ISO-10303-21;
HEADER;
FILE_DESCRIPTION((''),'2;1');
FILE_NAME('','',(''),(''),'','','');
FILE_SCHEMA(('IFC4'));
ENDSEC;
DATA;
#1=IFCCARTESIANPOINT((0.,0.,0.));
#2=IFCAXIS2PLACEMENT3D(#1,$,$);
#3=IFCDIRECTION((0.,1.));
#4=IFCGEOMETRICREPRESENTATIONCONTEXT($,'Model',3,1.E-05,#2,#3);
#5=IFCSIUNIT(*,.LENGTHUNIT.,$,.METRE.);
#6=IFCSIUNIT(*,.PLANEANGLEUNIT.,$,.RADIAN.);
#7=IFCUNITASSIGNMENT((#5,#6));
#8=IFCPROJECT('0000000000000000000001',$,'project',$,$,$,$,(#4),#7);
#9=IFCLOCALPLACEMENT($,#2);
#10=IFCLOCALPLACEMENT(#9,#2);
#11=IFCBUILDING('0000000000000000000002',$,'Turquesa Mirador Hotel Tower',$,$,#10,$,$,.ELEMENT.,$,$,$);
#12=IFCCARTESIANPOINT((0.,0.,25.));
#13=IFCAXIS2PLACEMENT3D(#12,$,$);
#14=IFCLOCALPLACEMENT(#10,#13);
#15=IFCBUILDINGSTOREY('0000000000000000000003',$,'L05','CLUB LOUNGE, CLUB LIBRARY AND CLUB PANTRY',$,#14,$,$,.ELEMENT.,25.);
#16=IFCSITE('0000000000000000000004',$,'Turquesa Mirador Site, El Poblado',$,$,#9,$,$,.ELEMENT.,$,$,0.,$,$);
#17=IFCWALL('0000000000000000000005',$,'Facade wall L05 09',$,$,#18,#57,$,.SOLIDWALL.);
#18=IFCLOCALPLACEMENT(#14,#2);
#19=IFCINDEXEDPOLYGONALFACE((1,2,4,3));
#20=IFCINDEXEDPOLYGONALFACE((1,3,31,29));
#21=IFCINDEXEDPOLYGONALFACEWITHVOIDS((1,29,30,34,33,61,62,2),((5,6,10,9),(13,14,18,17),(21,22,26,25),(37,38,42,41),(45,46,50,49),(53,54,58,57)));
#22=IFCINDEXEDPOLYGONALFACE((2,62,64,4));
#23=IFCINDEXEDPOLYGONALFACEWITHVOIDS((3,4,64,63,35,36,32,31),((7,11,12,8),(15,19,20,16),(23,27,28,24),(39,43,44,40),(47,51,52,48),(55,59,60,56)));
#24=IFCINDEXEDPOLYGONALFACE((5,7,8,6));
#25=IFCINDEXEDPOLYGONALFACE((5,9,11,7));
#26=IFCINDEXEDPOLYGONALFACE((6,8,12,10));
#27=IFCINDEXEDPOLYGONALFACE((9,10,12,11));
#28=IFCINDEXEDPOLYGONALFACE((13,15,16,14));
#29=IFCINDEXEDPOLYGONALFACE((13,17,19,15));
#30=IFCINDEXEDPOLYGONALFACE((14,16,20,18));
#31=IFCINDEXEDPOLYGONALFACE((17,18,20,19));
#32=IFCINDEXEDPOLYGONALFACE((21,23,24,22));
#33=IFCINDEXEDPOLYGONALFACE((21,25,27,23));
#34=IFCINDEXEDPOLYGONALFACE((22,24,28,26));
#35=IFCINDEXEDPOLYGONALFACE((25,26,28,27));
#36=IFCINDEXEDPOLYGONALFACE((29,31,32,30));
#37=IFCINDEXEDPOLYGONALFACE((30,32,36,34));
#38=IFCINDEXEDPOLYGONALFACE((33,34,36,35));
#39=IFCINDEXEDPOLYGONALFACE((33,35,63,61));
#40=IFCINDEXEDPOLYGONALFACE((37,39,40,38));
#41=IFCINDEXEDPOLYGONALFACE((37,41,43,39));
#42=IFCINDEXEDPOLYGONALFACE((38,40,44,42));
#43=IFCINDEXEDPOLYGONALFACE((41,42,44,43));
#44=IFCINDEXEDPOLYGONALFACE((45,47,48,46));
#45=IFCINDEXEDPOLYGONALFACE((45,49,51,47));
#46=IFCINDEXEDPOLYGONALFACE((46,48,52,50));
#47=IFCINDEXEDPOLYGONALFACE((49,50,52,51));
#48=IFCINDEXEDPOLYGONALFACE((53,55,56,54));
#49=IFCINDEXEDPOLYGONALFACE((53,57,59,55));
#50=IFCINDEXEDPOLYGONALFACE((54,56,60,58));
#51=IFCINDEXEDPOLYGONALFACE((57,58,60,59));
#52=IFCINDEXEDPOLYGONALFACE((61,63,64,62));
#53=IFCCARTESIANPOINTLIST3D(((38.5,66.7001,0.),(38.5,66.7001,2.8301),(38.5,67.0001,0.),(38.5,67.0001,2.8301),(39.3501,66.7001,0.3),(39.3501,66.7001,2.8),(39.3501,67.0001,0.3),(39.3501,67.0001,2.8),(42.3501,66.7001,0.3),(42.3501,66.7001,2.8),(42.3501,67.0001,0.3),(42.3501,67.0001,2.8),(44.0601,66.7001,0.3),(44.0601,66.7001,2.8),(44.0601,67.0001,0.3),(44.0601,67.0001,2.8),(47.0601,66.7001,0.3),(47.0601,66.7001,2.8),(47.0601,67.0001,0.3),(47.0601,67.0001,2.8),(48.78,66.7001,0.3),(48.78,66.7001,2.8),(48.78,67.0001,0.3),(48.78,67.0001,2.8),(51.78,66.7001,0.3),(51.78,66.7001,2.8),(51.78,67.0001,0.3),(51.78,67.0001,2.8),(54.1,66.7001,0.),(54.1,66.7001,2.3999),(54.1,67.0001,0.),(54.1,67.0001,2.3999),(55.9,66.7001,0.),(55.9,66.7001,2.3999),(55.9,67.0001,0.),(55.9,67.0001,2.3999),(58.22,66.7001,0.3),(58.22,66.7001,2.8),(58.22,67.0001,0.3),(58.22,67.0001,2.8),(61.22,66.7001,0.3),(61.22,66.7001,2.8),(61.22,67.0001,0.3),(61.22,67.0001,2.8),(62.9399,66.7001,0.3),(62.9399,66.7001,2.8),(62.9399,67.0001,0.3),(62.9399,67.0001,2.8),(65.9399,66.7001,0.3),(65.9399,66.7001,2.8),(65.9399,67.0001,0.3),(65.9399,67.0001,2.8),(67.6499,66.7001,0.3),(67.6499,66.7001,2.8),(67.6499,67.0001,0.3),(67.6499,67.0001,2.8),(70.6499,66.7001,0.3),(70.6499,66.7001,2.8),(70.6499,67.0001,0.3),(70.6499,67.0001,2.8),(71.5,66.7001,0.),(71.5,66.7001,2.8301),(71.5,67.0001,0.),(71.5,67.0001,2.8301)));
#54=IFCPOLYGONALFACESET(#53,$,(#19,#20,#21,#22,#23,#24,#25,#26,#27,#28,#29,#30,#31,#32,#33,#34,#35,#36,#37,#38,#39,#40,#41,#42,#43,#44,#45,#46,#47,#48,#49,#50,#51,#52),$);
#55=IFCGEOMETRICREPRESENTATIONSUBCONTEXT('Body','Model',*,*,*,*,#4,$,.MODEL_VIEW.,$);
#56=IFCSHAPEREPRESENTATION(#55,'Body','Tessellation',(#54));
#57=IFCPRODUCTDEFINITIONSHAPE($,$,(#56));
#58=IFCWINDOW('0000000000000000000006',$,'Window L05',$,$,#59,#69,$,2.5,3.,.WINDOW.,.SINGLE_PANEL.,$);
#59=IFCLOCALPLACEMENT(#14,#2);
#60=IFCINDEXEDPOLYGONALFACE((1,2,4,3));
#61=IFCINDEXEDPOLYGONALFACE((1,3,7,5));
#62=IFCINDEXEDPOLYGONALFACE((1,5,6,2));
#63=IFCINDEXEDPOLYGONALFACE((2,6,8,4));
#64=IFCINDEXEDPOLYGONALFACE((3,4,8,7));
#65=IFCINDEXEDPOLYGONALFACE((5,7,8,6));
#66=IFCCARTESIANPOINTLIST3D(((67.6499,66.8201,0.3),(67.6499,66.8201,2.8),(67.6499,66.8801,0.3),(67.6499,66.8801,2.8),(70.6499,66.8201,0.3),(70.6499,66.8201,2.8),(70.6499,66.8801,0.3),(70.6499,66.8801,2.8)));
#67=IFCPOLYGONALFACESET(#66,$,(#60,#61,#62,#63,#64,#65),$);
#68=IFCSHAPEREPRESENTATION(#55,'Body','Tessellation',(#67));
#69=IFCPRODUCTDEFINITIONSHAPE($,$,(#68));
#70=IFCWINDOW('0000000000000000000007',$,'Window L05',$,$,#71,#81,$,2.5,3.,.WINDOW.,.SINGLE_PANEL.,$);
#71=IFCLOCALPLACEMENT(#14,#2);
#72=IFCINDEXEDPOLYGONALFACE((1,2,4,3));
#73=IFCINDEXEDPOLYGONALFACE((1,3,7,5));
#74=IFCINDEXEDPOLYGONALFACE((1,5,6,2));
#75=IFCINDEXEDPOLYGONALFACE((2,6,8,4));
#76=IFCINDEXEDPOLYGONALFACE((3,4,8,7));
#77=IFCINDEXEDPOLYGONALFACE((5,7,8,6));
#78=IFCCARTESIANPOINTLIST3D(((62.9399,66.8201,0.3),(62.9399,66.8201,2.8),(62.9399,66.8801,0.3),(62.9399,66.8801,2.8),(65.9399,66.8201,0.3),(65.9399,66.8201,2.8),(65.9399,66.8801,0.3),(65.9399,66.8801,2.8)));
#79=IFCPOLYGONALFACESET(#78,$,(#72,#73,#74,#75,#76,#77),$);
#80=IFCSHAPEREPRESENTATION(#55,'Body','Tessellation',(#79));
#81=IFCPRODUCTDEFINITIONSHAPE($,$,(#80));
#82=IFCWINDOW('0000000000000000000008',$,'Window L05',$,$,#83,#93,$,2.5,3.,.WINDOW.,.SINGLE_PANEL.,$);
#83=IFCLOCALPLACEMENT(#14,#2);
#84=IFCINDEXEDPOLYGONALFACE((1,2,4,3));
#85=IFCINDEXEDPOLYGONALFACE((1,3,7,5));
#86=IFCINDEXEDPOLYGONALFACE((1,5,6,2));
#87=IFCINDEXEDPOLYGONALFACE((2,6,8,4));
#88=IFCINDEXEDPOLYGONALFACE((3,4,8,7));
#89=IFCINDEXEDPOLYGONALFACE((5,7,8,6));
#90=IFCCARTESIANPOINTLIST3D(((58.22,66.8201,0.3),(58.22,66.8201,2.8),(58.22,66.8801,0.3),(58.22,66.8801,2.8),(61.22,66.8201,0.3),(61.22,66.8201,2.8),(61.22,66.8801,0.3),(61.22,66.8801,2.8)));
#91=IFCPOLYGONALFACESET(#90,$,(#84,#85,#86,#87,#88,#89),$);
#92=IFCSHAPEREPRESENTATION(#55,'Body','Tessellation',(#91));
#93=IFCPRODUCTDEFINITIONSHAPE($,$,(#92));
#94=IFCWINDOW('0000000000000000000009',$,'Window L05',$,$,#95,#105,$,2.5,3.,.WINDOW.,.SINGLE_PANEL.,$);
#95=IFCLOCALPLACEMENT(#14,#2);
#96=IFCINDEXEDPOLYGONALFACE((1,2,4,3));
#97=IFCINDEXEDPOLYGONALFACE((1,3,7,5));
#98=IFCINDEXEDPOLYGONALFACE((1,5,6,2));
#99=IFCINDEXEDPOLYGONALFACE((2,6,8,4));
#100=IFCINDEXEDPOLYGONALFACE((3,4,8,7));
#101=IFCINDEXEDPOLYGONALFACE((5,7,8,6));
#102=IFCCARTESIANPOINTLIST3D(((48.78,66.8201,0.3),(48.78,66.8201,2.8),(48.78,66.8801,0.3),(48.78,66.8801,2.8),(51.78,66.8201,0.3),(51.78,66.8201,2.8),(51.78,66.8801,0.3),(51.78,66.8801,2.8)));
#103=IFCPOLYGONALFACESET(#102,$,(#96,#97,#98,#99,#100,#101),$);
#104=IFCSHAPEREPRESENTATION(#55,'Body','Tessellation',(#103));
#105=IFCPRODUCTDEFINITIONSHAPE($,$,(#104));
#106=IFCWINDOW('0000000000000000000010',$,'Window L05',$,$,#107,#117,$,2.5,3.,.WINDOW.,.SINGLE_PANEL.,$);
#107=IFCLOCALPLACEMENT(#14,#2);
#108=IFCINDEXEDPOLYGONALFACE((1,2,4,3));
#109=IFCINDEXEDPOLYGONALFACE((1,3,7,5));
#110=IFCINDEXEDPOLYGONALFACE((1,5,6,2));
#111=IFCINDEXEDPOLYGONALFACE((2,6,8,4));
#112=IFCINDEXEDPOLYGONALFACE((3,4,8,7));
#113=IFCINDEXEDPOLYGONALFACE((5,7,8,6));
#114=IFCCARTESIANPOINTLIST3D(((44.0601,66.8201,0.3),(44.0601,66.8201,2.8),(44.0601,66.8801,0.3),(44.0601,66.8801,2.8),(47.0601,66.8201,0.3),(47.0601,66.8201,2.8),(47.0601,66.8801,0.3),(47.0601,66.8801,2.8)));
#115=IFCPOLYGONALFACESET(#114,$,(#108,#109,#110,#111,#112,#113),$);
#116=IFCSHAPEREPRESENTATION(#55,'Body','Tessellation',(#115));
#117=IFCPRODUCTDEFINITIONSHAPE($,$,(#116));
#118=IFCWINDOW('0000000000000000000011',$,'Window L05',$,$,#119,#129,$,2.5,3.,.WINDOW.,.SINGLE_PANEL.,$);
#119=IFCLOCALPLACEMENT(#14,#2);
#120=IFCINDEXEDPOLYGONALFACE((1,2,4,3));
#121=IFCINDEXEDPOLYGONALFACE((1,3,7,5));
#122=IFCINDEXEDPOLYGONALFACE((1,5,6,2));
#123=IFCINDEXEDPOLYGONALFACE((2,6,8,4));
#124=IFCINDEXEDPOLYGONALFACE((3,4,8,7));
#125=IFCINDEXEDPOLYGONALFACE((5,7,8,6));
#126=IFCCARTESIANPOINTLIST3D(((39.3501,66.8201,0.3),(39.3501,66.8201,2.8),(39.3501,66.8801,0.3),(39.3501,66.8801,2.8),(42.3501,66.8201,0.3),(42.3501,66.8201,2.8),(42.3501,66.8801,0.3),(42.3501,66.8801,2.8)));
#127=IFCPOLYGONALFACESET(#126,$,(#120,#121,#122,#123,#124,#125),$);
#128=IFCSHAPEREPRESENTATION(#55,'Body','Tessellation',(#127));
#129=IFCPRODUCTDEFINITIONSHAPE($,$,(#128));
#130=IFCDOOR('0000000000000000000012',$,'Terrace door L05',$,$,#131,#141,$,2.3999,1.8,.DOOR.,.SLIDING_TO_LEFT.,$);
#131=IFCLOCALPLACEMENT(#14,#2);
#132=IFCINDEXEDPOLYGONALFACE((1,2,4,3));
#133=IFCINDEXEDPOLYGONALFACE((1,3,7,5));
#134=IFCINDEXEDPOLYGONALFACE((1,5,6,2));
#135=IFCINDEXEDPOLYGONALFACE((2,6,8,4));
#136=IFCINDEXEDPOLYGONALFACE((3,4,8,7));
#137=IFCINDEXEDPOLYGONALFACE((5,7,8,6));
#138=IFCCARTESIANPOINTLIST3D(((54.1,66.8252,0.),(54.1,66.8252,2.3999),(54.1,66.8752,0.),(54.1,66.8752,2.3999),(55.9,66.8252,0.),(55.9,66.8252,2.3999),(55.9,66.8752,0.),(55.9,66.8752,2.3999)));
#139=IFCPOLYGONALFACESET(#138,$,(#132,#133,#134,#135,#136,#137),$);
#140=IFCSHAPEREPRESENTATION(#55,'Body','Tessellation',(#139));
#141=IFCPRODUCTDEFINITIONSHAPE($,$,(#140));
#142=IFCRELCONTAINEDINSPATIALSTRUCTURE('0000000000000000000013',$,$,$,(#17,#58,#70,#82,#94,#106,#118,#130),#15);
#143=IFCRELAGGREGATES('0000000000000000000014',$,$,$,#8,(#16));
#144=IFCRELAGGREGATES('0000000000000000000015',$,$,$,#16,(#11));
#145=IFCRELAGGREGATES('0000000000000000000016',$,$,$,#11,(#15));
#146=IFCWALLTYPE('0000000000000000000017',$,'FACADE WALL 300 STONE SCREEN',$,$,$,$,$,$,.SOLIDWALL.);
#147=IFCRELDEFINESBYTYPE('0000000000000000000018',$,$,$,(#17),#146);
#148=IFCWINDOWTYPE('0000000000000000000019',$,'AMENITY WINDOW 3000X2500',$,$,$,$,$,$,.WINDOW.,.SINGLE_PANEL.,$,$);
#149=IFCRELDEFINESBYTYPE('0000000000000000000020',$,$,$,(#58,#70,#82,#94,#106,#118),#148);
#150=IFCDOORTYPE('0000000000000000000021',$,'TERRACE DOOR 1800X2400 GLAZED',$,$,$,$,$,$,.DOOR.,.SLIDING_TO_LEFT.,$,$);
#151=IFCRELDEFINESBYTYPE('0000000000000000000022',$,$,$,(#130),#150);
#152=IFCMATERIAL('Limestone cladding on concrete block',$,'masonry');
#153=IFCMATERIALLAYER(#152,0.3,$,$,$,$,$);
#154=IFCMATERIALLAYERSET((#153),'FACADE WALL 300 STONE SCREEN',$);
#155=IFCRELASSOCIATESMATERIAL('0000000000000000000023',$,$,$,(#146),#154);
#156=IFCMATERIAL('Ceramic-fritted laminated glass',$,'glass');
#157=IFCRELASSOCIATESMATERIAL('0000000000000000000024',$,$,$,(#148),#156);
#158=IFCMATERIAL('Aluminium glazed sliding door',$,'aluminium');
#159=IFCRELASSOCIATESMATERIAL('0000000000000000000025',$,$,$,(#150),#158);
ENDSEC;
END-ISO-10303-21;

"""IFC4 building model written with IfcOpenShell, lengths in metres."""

from ifc_helpers import new_model, si_unit, direction, frame, frame_2d, origin, place, context, subcontext, project, spatial, rectangle, extrude, material, layer, layer_set, type_object, element, fill, save


model = new_model("IFC4")

# Units and contexts
model_context = context("Model", 3, precision=1e-05, world=origin(), true_north=direction((0.0, 1.0)))
body_context = subcontext(model_context, "Body", "Model", "MODEL_VIEW")
ifc_project = project(units=[si_unit("LENGTHUNIT", "METRE"), si_unit("PLANEANGLEUNIT", "RADIAN")], contexts=[model_context])

# Site, building, storey
site_placement = place(None, origin())
site = spatial("IfcSite", under=ifc_project, at=site_placement, Name="Turquesa Mirador Site, El Poblado", CompositionType="ELEMENT", RefElevation=0.0)
building_placement = place(site_placement, origin())
building = spatial("IfcBuilding", under=site, at=building_placement, Name="Turquesa Mirador Hotel Tower", CompositionType="ELEMENT")
storey_placement = place(building_placement, frame((0.0, 0.0, 25.0)))
storey = spatial("IfcBuildingStorey", under=building, at=storey_placement, Name="L05", Description="CLUB LOUNGE, CLUB LIBRARY AND CLUB PANTRY", CompositionType="ELEMENT", Elevation=25.0)

# Shared definitions
ifc_material_1 = material(Name="Limestone cladding on concrete block", Category="masonry")
ifc_layer = layer(ifc_material_1, 0.3)
ifc_layer_set = layer_set([ifc_layer], Name="FACADE WALL 300 STONE SCREEN")
wall_type = type_object("IfcWallType", Name="FACADE WALL 300 STONE SCREEN", PredefinedType="SOLIDWALL", material=ifc_layer_set)

# Wall, openings, windows, door
wall_1_placement = place(storey_placement, frame((71.5, 66.8501, 0.0), z_axis=(0.0, 0.0, 1.0), x_axis=(-1.0, 0.0, 0.0)))
wall_1 = element("IfcWall", 1, at=wall_1_placement, inside=storey, type_object=wall_type, Name="Facade wall L05 09", PredefinedType="SOLIDWALL", context=body_context, shape_type="SweptSolid", body=[
    extrude(rectangle(XDim=33.0, YDim=0.3, at=frame_2d((16.5, 0.0))), origin(), (0.0, 0.0, 1.0), 2.8301),
])
opening_1_placement = place(wall_1_placement, frame((0.8501, 0.0, 0.3)))
opening_1 = element("IfcOpeningElement", 2, at=opening_1_placement, cuts=wall_1, PredefinedType="OPENING", context=body_context, shape_type="SweptSolid", body=[
    extrude(rectangle(XDim=3.0, YDim=2.5, at=frame_2d((1.5, 1.25))), frame((0.0, 0.1599, 0.0), z_axis=(0.0, -1.0, 0.0), x_axis=(1.0, 0.0, 0.0)), (0.0, 0.0, 1.0), 0.3201),
])
opening_2_placement = place(wall_1_placement, frame((5.5601, 0.0, 0.3)))
opening_2 = element("IfcOpeningElement", 3, at=opening_2_placement, cuts=wall_1, PredefinedType="OPENING", context=body_context, shape_type="SweptSolid", body=[
    extrude(rectangle(XDim=3.0, YDim=2.5, at=frame_2d((1.5, 1.25))), frame((0.0, 0.1599, 0.0), z_axis=(0.0, -1.0, 0.0), x_axis=(1.0, 0.0, 0.0)), (0.0, 0.0, 1.0), 0.3201),
])
opening_3_placement = place(wall_1_placement, frame((10.28, 0.0, 0.3)))
opening_3 = element("IfcOpeningElement", 4, at=opening_3_placement, cuts=wall_1, PredefinedType="OPENING", context=body_context, shape_type="SweptSolid", body=[
    extrude(rectangle(XDim=3.0, YDim=2.5, at=frame_2d((1.5, 1.25))), frame((0.0, 0.1599, 0.0), z_axis=(0.0, -1.0, 0.0), x_axis=(1.0, 0.0, 0.0)), (0.0, 0.0, 1.0), 0.3201),
])
opening_4_placement = place(wall_1_placement, frame((15.6001, 0.0, 0.0)))
opening_4 = element("IfcOpeningElement", 5, at=opening_4_placement, cuts=wall_1, PredefinedType="OPENING", context=body_context, shape_type="SweptSolid", body=[
    extrude(rectangle(XDim=1.8, YDim=2.3999, at=frame_2d((0.8999, 1.2))), frame((0.0, 0.1599, 0.0), z_axis=(0.0, -1.0, 0.0), x_axis=(1.0, 0.0, 0.0)), (0.0, 0.0, 1.0), 0.3201),
])
opening_5_placement = place(wall_1_placement, frame((19.72, 0.0, 0.3)))
opening_5 = element("IfcOpeningElement", 6, at=opening_5_placement, cuts=wall_1, PredefinedType="OPENING", context=body_context, shape_type="SweptSolid", body=[
    extrude(rectangle(XDim=3.0, YDim=2.5, at=frame_2d((1.5, 1.25))), frame((0.0, 0.1599, 0.0), z_axis=(0.0, -1.0, 0.0), x_axis=(1.0, 0.0, 0.0)), (0.0, 0.0, 1.0), 0.3201),
])
opening_6_placement = place(wall_1_placement, frame((24.4399, 0.0, 0.3)))
opening_6 = element("IfcOpeningElement", 7, at=opening_6_placement, cuts=wall_1, PredefinedType="OPENING", context=body_context, shape_type="SweptSolid", body=[
    extrude(rectangle(XDim=3.0, YDim=2.5, at=frame_2d((1.5, 1.25))), frame((0.0, 0.1599, 0.0), z_axis=(0.0, -1.0, 0.0), x_axis=(1.0, 0.0, 0.0)), (0.0, 0.0, 1.0), 0.3201),
])
opening_7_placement = place(wall_1_placement, frame((29.1499, 0.0, 0.3)))
opening_7 = element("IfcOpeningElement", 8, at=opening_7_placement, cuts=wall_1, PredefinedType="OPENING", context=body_context, shape_type="SweptSolid", body=[
    extrude(rectangle(XDim=3.0, YDim=2.5, at=frame_2d((1.5, 1.25))), frame((0.0, 0.1599, 0.0), z_axis=(0.0, -1.0, 0.0), x_axis=(1.0, 0.0, 0.0)), (0.0, 0.0, 1.0), 0.3201),
])
ifc_material_2 = material(Name="Ceramic-fritted laminated glass", Category="glass")
window_type_1 = type_object("IfcWindowType", Name="AMENITY WINDOW 3000X2500", PartitioningType="SINGLE_PANEL", PredefinedType="WINDOW", material=ifc_material_2)
window_1_placement = place(opening_1_placement, origin())
window_1 = element("IfcWindow", 9, at=window_1_placement, inside=storey, type_object=window_type_1, Name="Window L05", OverallHeight=2.5, OverallWidth=3.0, PartitioningType="SINGLE_PANEL", PredefinedType="WINDOW", context=body_context, shape_type="SweptSolid", body=[
    extrude(rectangle(XDim=3.0, YDim=2.5, at=frame_2d((1.5, 1.25))), frame((0.0, 0.03, 0.0), z_axis=(0.0, -1.0, 0.0), x_axis=(1.0, 0.0, 0.0)), (0.0, 0.0, 1.0), 0.0601),
])
fill(opening_1, window_1)
window_2_placement = place(opening_2_placement, origin())
window_2 = element("IfcWindow", 10, at=window_2_placement, inside=storey, type_object=window_type_1, Name="Window L05", OverallHeight=2.5, OverallWidth=3.0, PartitioningType="SINGLE_PANEL", PredefinedType="WINDOW", context=body_context, shape_type="SweptSolid", body=[
    extrude(rectangle(XDim=3.0, YDim=2.5, at=frame_2d((1.5, 1.25))), frame((0.0, 0.03, 0.0), z_axis=(0.0, -1.0, 0.0), x_axis=(1.0, 0.0, 0.0)), (0.0, 0.0, 1.0), 0.0601),
])
fill(opening_2, window_2)
window_3_placement = place(opening_3_placement, origin())
window_3 = element("IfcWindow", 11, at=window_3_placement, inside=storey, type_object=window_type_1, Name="Window L05", OverallHeight=2.5, OverallWidth=3.0, PartitioningType="SINGLE_PANEL", PredefinedType="WINDOW", context=body_context, shape_type="SweptSolid", body=[
    extrude(rectangle(XDim=3.0, YDim=2.5, at=frame_2d((1.5, 1.25))), frame((0.0, 0.03, 0.0), z_axis=(0.0, -1.0, 0.0), x_axis=(1.0, 0.0, 0.0)), (0.0, 0.0, 1.0), 0.0601),
])
fill(opening_3, window_3)
window_4_placement = place(opening_5_placement, origin())
window_4 = element("IfcWindow", 12, at=window_4_placement, inside=storey, type_object=window_type_1, Name="Window L05", OverallHeight=2.5, OverallWidth=3.0, PartitioningType="SINGLE_PANEL", PredefinedType="WINDOW", context=body_context, shape_type="SweptSolid", body=[
    extrude(rectangle(XDim=3.0, YDim=2.5, at=frame_2d((1.5, 1.25))), frame((0.0, 0.03, 0.0), z_axis=(0.0, -1.0, 0.0), x_axis=(1.0, 0.0, 0.0)), (0.0, 0.0, 1.0), 0.0601),
])
fill(opening_5, window_4)
window_5_placement = place(opening_6_placement, origin())
window_5 = element("IfcWindow", 13, at=window_5_placement, inside=storey, type_object=window_type_1, Name="Window L05", OverallHeight=2.5, OverallWidth=3.0, PartitioningType="SINGLE_PANEL", PredefinedType="WINDOW", context=body_context, shape_type="SweptSolid", body=[
    extrude(rectangle(XDim=3.0, YDim=2.5, at=frame_2d((1.5, 1.25))), frame((0.0, 0.03, 0.0), z_axis=(0.0, -1.0, 0.0), x_axis=(1.0, 0.0, 0.0)), (0.0, 0.0, 1.0), 0.0601),
])
fill(opening_6, window_5)
window_6_placement = place(opening_7_placement, origin())
window_6 = element("IfcWindow", 14, at=window_6_placement, inside=storey, type_object=window_type_1, Name="Window L05", OverallHeight=2.5, OverallWidth=3.0, PartitioningType="SINGLE_PANEL", PredefinedType="WINDOW", context=body_context, shape_type="SweptSolid", body=[
    extrude(rectangle(XDim=3.0, YDim=2.5, at=frame_2d((1.5, 1.25))), frame((0.0, 0.03, 0.0), z_axis=(0.0, -1.0, 0.0), x_axis=(1.0, 0.0, 0.0)), (0.0, 0.0, 1.0), 0.0601),
])
fill(opening_7, window_6)
ifc_material_3 = material(Name="Aluminium glazed sliding door", Category="aluminium")
door_type = type_object("IfcDoorType", Name="TERRACE DOOR 1800X2400 GLAZED", OperationType="SLIDING_TO_LEFT", PredefinedType="DOOR", material=ifc_material_3)
door_placement = place(opening_4_placement, origin())
door = element("IfcDoor", 15, at=door_placement, inside=storey, type_object=door_type, Name="Terrace door L05", OperationType="SLIDING_TO_LEFT", OverallHeight=2.3999, OverallWidth=1.8, PredefinedType="DOOR", context=body_context, shape_type="SweptSolid", body=[
    extrude(rectangle(XDim=1.8, YDim=2.3999, at=frame_2d((0.8999, 1.2))), frame((0.0, 0.0249, 0.0), z_axis=(0.0, -1.0, 0.0), x_axis=(1.0, 0.0, 0.0)), (0.0, 0.0, 1.0), 0.05),
])
fill(opening_4, door)

save(model, "model.ifc")
